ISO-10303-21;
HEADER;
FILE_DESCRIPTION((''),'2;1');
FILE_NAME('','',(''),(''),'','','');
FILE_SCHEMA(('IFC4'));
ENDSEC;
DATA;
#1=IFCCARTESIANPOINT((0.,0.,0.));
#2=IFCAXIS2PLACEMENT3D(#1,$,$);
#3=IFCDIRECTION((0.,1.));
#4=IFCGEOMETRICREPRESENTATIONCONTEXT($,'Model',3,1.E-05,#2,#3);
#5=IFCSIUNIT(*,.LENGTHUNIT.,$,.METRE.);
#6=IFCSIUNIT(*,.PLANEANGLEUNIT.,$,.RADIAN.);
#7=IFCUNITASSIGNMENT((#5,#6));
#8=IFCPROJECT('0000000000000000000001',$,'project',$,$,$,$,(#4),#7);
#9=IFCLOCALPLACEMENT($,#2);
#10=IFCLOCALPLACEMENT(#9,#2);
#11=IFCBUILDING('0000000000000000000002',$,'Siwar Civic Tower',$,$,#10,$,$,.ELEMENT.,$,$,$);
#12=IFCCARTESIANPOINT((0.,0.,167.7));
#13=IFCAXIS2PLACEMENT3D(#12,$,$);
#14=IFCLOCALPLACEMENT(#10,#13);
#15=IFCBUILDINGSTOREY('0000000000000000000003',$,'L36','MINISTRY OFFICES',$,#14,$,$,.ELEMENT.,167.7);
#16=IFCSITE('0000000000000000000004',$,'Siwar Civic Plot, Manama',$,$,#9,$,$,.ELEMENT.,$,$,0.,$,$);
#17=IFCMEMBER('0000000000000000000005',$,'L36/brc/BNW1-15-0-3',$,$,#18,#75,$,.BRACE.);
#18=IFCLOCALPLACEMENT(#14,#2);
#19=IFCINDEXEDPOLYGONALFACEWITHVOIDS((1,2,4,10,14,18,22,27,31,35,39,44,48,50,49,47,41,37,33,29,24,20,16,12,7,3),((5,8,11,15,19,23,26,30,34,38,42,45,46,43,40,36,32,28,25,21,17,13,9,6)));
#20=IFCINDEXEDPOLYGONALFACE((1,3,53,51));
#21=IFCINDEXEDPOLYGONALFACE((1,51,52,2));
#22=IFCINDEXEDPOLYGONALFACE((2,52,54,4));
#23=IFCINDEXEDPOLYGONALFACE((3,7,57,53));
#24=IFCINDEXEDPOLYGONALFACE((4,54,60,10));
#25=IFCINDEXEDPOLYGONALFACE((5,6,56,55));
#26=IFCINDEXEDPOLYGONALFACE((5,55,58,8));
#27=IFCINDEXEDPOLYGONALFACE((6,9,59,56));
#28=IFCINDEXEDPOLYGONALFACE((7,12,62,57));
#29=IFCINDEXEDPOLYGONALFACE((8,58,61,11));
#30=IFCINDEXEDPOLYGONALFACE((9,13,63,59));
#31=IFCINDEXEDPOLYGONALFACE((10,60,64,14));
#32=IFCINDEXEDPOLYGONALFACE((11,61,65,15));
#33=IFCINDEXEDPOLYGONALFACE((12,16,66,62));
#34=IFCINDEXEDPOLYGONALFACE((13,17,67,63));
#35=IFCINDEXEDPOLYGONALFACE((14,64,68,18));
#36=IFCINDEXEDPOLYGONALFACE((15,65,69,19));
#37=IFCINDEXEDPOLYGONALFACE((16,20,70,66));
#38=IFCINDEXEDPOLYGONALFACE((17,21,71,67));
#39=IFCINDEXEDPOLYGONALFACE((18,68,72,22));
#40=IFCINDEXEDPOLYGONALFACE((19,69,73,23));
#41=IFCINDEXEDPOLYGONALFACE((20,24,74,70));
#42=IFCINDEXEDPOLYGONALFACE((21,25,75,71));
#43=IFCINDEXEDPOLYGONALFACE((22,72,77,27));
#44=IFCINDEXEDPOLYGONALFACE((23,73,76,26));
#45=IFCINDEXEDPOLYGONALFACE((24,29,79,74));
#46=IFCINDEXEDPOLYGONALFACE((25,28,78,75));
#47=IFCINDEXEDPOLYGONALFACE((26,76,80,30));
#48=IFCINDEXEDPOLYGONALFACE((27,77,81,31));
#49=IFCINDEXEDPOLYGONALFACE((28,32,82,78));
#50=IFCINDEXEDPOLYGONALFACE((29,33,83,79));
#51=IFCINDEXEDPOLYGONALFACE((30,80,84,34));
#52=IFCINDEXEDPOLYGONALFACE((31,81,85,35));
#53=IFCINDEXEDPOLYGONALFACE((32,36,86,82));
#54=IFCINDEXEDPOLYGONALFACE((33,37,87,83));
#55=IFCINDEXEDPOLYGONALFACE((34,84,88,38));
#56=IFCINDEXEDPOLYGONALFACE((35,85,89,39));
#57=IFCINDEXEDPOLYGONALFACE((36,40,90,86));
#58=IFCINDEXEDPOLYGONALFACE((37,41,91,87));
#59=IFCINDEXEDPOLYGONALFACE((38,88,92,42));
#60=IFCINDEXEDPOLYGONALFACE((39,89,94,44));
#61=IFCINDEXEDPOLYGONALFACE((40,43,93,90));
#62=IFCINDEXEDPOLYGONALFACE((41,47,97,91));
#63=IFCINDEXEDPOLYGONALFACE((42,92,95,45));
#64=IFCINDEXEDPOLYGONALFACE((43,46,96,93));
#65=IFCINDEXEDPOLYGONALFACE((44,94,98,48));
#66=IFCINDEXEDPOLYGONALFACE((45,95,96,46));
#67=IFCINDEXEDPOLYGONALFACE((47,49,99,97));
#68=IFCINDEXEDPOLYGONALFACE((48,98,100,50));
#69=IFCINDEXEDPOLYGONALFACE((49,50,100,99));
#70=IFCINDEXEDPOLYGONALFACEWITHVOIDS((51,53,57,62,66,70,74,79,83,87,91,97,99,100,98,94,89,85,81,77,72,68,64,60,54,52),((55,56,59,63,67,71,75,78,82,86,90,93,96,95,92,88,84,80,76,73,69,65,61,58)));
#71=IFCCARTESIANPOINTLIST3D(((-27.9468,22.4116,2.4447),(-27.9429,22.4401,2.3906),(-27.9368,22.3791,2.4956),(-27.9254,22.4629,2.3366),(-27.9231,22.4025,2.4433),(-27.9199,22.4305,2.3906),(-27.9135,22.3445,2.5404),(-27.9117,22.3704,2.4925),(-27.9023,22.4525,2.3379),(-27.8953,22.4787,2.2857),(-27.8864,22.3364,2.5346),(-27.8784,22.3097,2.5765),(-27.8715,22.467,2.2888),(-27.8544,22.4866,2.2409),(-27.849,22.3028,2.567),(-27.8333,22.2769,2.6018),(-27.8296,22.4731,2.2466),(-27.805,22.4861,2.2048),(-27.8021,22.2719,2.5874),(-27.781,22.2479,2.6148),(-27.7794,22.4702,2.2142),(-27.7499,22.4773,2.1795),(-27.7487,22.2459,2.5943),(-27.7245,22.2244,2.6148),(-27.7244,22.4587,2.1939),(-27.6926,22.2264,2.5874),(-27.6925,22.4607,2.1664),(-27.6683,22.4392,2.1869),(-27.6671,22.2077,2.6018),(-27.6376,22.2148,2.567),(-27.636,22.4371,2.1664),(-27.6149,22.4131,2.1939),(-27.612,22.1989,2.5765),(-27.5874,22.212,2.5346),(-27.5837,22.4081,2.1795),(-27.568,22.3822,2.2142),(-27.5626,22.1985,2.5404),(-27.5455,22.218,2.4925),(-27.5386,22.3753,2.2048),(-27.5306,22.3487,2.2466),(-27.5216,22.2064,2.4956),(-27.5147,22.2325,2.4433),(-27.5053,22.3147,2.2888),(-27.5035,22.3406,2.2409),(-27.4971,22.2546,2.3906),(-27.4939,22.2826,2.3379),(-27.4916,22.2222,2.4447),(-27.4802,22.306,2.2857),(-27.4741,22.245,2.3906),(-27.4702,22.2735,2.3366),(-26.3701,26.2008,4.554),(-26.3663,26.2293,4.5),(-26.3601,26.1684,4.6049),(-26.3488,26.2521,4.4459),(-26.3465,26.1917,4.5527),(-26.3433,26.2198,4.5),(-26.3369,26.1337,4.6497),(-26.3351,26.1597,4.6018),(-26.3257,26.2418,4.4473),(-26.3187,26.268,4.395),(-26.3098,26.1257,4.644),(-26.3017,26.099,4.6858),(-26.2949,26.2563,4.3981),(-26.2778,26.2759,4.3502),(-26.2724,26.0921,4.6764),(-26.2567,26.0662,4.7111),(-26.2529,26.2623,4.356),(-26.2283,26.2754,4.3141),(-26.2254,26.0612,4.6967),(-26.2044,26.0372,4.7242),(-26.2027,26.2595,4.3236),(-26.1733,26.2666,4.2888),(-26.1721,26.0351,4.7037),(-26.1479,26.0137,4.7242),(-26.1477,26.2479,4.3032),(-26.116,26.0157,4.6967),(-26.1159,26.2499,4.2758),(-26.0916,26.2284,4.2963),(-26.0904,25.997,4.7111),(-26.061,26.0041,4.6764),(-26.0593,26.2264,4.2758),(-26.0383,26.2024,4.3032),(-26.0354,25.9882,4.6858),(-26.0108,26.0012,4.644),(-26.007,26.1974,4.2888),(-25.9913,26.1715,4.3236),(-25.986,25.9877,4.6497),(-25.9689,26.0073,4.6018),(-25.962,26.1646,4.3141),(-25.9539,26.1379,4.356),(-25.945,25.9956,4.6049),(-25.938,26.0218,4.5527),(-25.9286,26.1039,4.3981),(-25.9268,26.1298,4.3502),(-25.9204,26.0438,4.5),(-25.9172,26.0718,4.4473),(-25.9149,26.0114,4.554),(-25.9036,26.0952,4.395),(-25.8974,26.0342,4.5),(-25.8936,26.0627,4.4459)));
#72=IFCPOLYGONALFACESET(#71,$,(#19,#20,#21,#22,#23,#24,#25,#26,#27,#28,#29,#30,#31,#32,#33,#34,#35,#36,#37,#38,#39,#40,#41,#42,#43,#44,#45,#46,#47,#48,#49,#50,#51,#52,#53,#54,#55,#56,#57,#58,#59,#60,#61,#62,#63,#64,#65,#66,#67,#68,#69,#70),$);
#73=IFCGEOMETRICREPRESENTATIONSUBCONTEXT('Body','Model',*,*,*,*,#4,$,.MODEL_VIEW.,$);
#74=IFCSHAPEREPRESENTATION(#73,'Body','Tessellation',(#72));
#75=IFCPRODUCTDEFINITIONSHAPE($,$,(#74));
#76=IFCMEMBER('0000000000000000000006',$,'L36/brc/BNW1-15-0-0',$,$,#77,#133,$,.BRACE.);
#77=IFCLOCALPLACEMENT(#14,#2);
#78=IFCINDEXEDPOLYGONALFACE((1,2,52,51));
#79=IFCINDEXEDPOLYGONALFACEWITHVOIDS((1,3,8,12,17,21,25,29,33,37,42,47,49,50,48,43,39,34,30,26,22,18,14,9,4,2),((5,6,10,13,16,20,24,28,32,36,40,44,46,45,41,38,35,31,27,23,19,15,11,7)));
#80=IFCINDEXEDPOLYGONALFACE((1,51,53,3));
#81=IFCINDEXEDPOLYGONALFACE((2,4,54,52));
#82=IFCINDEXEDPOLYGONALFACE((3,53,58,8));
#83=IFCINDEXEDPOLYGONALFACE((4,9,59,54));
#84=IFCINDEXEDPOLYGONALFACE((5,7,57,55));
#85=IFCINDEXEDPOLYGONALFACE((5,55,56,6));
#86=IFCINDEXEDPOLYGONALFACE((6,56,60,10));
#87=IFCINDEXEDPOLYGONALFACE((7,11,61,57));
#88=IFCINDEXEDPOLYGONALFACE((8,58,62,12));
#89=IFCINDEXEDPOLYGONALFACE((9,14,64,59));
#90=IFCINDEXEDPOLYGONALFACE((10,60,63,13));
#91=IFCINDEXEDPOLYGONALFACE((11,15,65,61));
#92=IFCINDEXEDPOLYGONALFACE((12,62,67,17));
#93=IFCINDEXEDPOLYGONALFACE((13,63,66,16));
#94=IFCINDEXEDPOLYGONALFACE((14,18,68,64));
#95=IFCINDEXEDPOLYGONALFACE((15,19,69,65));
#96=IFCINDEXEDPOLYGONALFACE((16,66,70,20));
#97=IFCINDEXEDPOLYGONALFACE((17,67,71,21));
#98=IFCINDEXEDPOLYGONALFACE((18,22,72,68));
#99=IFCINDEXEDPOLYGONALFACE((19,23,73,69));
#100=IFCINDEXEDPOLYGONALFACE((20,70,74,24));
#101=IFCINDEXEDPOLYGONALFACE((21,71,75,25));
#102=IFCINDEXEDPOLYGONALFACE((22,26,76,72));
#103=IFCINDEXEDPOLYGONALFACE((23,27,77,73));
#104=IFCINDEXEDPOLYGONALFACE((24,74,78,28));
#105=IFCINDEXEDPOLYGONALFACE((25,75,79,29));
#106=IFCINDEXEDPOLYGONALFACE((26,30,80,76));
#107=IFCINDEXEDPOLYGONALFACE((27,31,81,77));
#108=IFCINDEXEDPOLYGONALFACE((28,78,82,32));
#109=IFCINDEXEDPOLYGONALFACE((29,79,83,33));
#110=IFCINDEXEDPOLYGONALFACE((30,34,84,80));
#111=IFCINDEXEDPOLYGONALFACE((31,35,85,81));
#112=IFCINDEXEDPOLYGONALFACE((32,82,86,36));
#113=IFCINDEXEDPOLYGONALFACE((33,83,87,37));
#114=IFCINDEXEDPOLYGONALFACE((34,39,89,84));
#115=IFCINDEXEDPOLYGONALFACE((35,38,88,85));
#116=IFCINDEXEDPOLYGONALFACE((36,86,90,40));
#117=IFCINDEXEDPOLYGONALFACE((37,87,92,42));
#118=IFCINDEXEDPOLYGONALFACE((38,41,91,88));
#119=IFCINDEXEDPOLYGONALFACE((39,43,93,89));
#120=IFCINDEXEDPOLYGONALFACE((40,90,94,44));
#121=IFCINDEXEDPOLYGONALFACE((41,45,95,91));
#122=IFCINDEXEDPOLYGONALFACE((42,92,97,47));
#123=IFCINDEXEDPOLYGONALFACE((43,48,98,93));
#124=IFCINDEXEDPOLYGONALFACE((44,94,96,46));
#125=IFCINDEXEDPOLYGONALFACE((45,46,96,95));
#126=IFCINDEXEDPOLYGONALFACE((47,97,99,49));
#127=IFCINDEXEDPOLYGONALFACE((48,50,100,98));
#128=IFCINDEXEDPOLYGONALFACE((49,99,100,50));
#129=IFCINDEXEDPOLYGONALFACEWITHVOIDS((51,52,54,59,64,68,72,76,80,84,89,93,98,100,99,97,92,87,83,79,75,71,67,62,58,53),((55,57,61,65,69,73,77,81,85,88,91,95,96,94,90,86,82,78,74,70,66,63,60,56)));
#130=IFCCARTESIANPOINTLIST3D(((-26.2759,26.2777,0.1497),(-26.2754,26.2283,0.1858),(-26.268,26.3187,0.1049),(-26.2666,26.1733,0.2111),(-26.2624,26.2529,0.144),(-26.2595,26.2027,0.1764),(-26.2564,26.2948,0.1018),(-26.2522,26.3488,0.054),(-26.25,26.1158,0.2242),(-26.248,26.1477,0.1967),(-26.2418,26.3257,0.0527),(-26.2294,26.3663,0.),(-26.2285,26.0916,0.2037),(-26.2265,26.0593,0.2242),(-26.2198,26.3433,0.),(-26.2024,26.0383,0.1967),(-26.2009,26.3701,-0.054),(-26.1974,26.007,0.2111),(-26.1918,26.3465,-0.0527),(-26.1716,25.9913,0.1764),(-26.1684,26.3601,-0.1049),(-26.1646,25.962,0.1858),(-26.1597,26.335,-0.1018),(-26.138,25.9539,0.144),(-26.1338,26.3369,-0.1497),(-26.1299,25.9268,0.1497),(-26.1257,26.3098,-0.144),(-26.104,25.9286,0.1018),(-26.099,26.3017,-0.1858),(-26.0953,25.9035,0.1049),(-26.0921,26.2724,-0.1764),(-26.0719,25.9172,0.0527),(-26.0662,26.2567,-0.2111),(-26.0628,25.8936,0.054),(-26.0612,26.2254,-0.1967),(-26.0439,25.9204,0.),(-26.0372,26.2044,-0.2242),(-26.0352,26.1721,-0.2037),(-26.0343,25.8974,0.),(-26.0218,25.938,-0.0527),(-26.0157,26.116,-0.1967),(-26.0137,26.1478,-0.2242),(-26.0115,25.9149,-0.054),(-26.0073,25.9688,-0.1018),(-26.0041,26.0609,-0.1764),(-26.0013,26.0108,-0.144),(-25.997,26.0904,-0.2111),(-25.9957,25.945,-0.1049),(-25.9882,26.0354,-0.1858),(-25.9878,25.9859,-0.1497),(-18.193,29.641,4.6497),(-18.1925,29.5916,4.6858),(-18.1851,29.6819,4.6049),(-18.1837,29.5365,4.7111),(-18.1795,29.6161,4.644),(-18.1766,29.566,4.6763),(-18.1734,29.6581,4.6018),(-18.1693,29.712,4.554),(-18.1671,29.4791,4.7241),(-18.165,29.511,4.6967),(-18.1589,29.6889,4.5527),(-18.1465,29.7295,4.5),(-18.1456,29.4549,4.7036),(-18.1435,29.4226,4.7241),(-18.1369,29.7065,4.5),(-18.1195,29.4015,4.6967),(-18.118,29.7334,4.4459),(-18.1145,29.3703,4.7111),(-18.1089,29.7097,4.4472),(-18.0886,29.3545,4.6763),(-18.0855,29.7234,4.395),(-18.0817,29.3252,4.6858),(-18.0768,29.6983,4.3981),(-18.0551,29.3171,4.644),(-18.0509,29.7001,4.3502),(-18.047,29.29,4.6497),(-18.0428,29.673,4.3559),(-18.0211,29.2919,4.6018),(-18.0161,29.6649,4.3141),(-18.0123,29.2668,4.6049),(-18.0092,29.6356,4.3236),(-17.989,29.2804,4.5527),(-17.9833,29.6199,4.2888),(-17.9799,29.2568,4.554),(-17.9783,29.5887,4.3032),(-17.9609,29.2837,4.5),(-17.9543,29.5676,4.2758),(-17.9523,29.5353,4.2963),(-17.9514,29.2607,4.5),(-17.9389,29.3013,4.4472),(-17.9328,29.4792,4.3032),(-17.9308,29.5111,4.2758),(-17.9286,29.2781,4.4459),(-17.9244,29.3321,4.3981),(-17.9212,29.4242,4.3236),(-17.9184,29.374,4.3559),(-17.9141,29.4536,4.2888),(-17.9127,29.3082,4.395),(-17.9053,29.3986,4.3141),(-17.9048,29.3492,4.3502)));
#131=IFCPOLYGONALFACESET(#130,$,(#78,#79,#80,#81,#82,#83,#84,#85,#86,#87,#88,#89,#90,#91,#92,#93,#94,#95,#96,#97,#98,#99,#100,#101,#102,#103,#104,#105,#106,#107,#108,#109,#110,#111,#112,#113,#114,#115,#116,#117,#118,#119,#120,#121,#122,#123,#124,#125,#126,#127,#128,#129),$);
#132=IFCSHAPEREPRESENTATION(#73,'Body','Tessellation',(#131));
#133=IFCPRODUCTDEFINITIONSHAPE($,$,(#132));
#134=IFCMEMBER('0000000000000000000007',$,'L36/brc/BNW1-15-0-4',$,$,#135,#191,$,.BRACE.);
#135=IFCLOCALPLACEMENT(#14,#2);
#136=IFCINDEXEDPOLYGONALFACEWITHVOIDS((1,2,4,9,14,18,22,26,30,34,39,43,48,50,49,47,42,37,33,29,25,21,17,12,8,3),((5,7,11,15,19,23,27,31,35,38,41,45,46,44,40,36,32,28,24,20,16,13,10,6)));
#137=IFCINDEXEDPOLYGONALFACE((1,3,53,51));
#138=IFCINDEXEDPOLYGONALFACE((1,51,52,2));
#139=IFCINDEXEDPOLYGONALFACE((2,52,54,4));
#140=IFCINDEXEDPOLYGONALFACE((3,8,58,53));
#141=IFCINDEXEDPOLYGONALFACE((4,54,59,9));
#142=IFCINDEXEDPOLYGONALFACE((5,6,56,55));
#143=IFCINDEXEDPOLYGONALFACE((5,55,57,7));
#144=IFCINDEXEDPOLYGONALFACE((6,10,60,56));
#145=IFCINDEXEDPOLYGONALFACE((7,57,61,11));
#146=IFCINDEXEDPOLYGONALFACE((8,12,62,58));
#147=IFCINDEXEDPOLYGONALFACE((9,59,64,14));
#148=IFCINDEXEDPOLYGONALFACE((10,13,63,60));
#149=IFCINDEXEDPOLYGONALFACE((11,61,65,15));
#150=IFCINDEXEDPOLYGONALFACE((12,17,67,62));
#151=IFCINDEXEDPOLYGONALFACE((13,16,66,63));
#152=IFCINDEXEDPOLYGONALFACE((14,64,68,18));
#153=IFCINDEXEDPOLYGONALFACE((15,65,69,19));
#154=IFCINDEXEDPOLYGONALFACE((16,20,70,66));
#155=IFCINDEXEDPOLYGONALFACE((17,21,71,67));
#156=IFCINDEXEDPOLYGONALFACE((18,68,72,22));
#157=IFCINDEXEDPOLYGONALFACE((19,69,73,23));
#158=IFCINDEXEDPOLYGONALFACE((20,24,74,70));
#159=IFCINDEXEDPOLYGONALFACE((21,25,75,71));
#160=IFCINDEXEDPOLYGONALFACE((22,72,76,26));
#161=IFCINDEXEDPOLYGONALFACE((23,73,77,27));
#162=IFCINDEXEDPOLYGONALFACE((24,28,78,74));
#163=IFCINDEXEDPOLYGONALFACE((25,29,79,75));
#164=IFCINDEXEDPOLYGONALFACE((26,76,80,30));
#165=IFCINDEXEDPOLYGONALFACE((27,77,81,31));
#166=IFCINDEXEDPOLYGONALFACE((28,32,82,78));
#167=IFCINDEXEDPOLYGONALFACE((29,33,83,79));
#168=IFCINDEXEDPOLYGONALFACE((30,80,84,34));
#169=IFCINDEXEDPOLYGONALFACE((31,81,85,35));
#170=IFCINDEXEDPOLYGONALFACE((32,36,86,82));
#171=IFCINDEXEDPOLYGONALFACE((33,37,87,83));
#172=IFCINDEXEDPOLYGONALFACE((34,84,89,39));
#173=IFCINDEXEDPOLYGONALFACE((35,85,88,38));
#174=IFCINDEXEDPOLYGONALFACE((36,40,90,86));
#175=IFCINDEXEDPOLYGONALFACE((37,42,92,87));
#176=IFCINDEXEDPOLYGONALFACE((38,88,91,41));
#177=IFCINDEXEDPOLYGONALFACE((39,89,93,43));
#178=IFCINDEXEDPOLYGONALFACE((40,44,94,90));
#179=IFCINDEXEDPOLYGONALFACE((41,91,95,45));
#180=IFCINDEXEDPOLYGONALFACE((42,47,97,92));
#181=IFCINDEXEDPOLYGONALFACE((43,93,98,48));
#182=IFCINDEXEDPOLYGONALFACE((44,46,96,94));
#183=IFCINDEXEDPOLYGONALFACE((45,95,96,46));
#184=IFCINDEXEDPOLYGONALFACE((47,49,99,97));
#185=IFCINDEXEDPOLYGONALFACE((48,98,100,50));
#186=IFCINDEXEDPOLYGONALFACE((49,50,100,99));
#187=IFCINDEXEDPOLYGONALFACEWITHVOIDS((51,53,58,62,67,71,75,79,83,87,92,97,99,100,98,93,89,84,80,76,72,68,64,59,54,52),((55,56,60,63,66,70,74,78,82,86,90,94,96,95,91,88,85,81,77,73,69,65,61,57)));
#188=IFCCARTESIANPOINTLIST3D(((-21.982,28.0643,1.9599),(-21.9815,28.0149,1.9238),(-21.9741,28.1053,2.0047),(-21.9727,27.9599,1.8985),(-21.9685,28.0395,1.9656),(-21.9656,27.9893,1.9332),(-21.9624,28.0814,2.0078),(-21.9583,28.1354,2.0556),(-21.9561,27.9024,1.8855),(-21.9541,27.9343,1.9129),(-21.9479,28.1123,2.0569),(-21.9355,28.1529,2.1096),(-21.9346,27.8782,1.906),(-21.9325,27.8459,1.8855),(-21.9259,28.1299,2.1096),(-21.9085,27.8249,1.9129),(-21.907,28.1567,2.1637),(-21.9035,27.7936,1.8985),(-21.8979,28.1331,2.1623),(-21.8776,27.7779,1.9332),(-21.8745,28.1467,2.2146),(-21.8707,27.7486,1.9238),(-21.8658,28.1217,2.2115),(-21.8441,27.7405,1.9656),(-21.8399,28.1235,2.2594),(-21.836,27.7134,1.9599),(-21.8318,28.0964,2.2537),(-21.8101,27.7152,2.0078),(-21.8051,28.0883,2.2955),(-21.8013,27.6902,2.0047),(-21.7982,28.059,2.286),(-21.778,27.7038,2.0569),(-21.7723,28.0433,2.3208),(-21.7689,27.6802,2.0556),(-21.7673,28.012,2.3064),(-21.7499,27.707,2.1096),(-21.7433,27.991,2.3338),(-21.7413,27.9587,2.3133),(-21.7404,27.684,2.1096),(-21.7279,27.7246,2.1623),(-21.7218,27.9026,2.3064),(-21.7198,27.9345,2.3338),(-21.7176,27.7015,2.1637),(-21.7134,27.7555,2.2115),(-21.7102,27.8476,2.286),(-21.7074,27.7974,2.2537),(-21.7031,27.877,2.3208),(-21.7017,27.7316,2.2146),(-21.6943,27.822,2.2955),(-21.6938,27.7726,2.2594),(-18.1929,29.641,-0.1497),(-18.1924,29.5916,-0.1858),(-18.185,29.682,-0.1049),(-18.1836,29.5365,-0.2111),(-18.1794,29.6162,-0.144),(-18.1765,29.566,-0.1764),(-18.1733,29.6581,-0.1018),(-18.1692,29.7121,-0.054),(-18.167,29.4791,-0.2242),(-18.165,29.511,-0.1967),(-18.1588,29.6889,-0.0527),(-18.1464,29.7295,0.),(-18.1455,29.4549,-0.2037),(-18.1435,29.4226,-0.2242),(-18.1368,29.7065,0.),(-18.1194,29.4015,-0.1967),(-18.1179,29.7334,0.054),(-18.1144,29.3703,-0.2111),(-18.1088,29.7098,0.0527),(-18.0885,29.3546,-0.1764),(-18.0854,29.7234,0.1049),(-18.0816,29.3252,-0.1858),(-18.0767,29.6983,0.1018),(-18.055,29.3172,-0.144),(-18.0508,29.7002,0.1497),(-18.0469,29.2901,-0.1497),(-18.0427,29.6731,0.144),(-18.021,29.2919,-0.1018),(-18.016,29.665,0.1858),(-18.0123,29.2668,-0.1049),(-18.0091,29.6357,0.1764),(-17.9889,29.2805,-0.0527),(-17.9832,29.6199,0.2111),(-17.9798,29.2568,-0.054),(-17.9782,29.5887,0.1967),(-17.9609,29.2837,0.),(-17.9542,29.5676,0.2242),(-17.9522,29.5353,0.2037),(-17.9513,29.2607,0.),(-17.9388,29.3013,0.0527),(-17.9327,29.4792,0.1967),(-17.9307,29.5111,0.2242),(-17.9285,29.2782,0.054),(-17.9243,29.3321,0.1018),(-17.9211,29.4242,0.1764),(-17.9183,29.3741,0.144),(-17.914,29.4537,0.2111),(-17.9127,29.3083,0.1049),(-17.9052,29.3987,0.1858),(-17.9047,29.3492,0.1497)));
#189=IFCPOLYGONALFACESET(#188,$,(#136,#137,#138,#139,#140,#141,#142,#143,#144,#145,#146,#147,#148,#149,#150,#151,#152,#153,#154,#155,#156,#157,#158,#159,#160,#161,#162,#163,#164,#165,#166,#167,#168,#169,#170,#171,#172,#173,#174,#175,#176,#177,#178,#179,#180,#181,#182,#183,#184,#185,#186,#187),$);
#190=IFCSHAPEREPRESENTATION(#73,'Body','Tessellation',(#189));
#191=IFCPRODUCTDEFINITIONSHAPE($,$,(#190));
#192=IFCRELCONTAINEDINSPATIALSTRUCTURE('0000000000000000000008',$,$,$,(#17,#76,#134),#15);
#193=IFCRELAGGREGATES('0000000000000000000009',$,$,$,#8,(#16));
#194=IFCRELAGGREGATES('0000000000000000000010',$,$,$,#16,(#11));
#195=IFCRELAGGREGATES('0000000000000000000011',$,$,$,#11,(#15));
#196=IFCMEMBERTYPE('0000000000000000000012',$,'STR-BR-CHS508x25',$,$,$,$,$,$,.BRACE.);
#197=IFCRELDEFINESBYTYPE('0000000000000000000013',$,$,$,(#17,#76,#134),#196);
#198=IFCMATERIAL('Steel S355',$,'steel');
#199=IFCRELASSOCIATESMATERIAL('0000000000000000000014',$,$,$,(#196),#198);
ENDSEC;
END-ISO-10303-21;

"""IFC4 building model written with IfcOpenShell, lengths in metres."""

from ifc_helpers import new_model, si_unit, direction, frame, origin, origin_2d, place, context, subcontext, project, spatial, hollow_circle, extrude, material, material_profile, profile_set, type_object, element, save


model = new_model("IFC4")

# Units and contexts
model_context = context("Model", 3, precision=1e-05, world=origin(), true_north=direction((0.0, 1.0)))
body_context = subcontext(model_context, "Body", "Model", "MODEL_VIEW")
ifc_project = project(units=[si_unit("LENGTHUNIT", "METRE"), si_unit("PLANEANGLEUNIT", "RADIAN")], contexts=[model_context])

# Site, building, storey
site_placement = place(None, origin())
site = spatial("IfcSite", under=ifc_project, at=site_placement, Name="Siwar Civic Plot, Manama", CompositionType="ELEMENT", RefElevation=0.0)
building_placement = place(site_placement, origin())
building = spatial("IfcBuilding", under=site, at=building_placement, Name="Siwar Civic Tower", CompositionType="ELEMENT")
storey_placement = place(building_placement, frame((0.0, 0.0, 167.7)))
storey = spatial("IfcBuildingStorey", under=building, at=storey_placement, Name="L36", Description="MINISTRY OFFICES", CompositionType="ELEMENT", Elevation=167.7)

# Members
ifc_material_1 = material(Name="Steel S355", Category="steel")
ifc_material_profile_1 = material_profile(ifc_material_1, hollow_circle(Radius=0.2539, WallThickness=0.0249, at=origin_2d()), Name="CHS508x25")
ifc_profile_set_1 = profile_set([ifc_material_profile_1], Name="Steel S355")
member_type_1 = type_object("IfcMemberType", Name="STR-BR-CHS508x25", PredefinedType="BRACE", material=ifc_profile_set_1)
member_1_placement = place(storey_placement, frame((-27.7085, 22.3425, 2.3906), z_axis=(0.341671, 0.821163, 0.457113), x_axis=(-0.923269, 0.384155, 0.0)))
element("IfcMember", 1, at=member_1_placement, inside=storey, type_object=member_type_1, Name="L36/brc/BNW1-15-0-3", PredefinedType="BRACE", context=body_context, shape_type="SweptSolid", body=[
    extrude(hollow_circle(Radius=0.2539, WallThickness=0.0249, at=origin_2d()), origin(), (0.0, 0.0, 1.0), 4.6145),
])
member_2_placement = place(storey_placement, frame((-26.1318, 26.1318, 0.0), z_axis=(0.821143, 0.341671, 0.457149), x_axis=(-0.384164, 0.923265, 0.0)))
element("IfcMember", 2, at=member_2_placement, inside=storey, type_object=member_type_1, Name="L36/brc/BNW1-15-0-0", PredefinedType="BRACE", context=body_context, shape_type="SweptSolid", body=[
    extrude(hollow_circle(Radius=0.2539, WallThickness=0.0249, at=origin_2d()), origin(), (0.0, 0.0, 1.0), 9.8435),
])
for number, where, z_axis, x_axis, name in (
    (3, (-18.0488, 29.4951, 0.0), (-0.821126, -0.341677, 0.457175), (0.384176, -0.92326, 0.0), "L36/brc/BNW1-15-0-4"),
):
    element("IfcMember", number, at=place(storey_placement, frame(where, z_axis=z_axis, x_axis=x_axis)), inside=storey, type_object=member_type_1, Name=name, PredefinedType="BRACE", context=body_context, shape_type="SweptSolid", body=[
        extrude(hollow_circle(Radius=0.2539, WallThickness=0.0249, at=origin_2d()), origin(), (0.0, 0.0, 1.0), 4.6145),
    ])

save(model, "model.ifc")
